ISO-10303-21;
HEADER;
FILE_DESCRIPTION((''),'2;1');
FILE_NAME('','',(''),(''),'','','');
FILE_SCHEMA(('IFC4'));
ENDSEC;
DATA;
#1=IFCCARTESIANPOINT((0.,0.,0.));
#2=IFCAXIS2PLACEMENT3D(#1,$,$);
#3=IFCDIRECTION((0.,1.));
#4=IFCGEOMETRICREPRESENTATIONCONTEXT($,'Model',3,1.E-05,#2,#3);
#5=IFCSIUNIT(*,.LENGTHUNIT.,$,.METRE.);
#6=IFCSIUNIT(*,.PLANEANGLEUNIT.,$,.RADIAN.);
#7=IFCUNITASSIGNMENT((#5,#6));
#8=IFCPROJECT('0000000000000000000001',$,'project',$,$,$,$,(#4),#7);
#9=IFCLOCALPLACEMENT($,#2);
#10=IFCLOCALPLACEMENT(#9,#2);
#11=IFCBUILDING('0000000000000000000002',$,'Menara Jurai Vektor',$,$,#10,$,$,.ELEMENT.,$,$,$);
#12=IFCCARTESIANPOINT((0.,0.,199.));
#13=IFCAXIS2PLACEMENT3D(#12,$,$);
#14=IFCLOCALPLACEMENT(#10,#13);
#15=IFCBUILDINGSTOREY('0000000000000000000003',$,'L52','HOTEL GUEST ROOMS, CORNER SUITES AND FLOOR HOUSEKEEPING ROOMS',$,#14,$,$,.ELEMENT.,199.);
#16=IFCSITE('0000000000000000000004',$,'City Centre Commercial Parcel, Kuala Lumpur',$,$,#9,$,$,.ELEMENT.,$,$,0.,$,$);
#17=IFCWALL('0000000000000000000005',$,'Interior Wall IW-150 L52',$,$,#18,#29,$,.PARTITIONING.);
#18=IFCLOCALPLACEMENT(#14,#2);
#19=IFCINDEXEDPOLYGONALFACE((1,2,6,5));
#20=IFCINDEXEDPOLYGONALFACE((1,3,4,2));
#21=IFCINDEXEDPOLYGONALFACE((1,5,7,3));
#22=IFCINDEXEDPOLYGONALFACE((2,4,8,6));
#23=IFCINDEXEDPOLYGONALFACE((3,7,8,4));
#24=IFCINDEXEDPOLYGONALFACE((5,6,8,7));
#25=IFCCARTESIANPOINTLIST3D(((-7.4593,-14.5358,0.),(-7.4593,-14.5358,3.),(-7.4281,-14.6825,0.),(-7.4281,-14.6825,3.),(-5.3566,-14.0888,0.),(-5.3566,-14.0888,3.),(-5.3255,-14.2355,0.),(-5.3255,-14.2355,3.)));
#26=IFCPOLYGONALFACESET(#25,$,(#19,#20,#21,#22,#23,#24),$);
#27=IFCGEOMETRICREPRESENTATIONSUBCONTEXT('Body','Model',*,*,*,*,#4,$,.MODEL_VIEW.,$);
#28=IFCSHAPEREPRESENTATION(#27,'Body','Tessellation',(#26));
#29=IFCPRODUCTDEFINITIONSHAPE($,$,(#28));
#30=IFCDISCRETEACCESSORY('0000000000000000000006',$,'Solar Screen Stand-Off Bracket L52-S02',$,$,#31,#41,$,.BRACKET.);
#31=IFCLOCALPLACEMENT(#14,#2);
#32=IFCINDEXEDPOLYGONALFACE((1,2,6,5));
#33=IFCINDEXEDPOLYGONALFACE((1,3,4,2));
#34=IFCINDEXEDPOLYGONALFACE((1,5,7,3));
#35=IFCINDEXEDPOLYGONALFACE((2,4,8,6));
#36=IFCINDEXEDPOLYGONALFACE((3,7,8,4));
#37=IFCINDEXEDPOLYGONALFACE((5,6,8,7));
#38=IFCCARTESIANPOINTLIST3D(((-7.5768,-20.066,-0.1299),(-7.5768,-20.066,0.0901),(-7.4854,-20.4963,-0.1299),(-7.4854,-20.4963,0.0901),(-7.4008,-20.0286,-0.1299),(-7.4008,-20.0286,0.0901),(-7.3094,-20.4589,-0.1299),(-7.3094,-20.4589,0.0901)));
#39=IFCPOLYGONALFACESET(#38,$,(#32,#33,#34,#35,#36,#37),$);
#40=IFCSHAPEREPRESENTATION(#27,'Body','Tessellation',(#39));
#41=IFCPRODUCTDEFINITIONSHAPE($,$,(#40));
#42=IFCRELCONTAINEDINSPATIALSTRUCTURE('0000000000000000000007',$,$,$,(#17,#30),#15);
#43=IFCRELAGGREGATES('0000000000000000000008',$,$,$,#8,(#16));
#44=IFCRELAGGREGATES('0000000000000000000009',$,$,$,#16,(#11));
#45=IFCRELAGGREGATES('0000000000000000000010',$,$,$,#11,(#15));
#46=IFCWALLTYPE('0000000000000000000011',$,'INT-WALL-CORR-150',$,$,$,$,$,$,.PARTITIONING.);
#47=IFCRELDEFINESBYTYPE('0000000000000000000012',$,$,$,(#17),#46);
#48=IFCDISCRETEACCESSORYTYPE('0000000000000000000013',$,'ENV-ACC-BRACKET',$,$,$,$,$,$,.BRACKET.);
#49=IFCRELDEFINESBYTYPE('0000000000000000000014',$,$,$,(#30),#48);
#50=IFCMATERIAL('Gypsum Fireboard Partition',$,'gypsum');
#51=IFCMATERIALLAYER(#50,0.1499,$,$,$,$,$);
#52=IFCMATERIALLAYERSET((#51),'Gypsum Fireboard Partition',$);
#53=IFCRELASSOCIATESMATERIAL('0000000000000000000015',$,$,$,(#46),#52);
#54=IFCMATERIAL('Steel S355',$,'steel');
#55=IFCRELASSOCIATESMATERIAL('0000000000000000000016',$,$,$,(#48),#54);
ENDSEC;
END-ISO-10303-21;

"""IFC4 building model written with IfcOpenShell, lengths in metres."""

from ifc_helpers import new_model, si_unit, direction, frame, frame_2d, origin, origin_2d, place, context, subcontext, project, spatial, rectangle, extrude, material, layer, layer_set, type_object, element, save


model = new_model("IFC4")

# Units and contexts
model_context = context("Model", 3, precision=1e-05, world=origin(), true_north=direction((0.0, 1.0)))
body_context = subcontext(model_context, "Body", "Model", "MODEL_VIEW")
ifc_project = project(units=[si_unit("LENGTHUNIT", "METRE"), si_unit("PLANEANGLEUNIT", "RADIAN")], contexts=[model_context])

# Site, building, storey
site_placement = place(None, origin())
site = spatial("IfcSite", under=ifc_project, at=site_placement, Name="City Centre Commercial Parcel, Kuala Lumpur", CompositionType="ELEMENT", RefElevation=0.0)
building_placement = place(site_placement, origin())
building = spatial("IfcBuilding", under=site, at=building_placement, Name="Menara Jurai Vektor", CompositionType="ELEMENT")
storey_placement = place(building_placement, frame((0.0, 0.0, 199.0)))
storey = spatial("IfcBuildingStorey", under=building, at=storey_placement, Name="L52", Description="HOTEL GUEST ROOMS, CORNER SUITES AND FLOOR HOUSEKEEPING ROOMS", CompositionType="ELEMENT", Elevation=199.0)

# Shared definitions
ifc_material_1 = material(Name="Steel S355", Category="steel")

# Shared definitions
ifc_material_2 = material(Name="Gypsum Fireboard Partition", Category="gypsum")
ifc_layer_1 = layer(ifc_material_2, 0.1499)
ifc_layer_set_1 = layer_set([ifc_layer_1], Name="Gypsum Fireboard Partition")
wall_type = type_object("IfcWallType", Name="INT-WALL-CORR-150", PredefinedType="PARTITIONING", material=ifc_layer_set_1)

# Wall
wall_1_placement = place(storey_placement, frame((-7.4436, -14.6091, 0.0), z_axis=(0.0, 0.0, 1.0), x_axis=(0.978142, 0.207939, 0.0)))
element("IfcWall", 1, at=wall_1_placement, inside=storey, type_object=wall_type, Name="Interior Wall IW-150 L52", PredefinedType="PARTITIONING", context=body_context, shape_type="SweptSolid", body=[
    extrude(rectangle(XDim=2.1497, YDim=0.1499, at=frame_2d((1.0747, 0.0))), origin(), (0.0, 0.0, 1.0), 3.0),
])

# Discrete accessory
discrete_accessory_type = type_object("IfcDiscreteAccessoryType", Name="ENV-ACC-BRACKET", PredefinedType="BRACKET", material=ifc_material_1)
discrete_accessory_placement = place(storey_placement, frame((-7.4431, -20.2625, -0.1299), z_axis=(0.0, 0.0, 1.0), x_axis=(0.978148, 0.207912, 0.0)))
element("IfcDiscreteAccessory", 2, at=discrete_accessory_placement, inside=storey, type_object=discrete_accessory_type, Name="Solar Screen Stand-Off Bracket L52-S02", PredefinedType="BRACKET", context=body_context, shape_type="SweptSolid", body=[
    extrude(rectangle(XDim=0.1799, YDim=0.4399, at=origin_2d()), origin(), (0.0, 0.0, 1.0), 0.22),
])

save(model, "model.ifc")
